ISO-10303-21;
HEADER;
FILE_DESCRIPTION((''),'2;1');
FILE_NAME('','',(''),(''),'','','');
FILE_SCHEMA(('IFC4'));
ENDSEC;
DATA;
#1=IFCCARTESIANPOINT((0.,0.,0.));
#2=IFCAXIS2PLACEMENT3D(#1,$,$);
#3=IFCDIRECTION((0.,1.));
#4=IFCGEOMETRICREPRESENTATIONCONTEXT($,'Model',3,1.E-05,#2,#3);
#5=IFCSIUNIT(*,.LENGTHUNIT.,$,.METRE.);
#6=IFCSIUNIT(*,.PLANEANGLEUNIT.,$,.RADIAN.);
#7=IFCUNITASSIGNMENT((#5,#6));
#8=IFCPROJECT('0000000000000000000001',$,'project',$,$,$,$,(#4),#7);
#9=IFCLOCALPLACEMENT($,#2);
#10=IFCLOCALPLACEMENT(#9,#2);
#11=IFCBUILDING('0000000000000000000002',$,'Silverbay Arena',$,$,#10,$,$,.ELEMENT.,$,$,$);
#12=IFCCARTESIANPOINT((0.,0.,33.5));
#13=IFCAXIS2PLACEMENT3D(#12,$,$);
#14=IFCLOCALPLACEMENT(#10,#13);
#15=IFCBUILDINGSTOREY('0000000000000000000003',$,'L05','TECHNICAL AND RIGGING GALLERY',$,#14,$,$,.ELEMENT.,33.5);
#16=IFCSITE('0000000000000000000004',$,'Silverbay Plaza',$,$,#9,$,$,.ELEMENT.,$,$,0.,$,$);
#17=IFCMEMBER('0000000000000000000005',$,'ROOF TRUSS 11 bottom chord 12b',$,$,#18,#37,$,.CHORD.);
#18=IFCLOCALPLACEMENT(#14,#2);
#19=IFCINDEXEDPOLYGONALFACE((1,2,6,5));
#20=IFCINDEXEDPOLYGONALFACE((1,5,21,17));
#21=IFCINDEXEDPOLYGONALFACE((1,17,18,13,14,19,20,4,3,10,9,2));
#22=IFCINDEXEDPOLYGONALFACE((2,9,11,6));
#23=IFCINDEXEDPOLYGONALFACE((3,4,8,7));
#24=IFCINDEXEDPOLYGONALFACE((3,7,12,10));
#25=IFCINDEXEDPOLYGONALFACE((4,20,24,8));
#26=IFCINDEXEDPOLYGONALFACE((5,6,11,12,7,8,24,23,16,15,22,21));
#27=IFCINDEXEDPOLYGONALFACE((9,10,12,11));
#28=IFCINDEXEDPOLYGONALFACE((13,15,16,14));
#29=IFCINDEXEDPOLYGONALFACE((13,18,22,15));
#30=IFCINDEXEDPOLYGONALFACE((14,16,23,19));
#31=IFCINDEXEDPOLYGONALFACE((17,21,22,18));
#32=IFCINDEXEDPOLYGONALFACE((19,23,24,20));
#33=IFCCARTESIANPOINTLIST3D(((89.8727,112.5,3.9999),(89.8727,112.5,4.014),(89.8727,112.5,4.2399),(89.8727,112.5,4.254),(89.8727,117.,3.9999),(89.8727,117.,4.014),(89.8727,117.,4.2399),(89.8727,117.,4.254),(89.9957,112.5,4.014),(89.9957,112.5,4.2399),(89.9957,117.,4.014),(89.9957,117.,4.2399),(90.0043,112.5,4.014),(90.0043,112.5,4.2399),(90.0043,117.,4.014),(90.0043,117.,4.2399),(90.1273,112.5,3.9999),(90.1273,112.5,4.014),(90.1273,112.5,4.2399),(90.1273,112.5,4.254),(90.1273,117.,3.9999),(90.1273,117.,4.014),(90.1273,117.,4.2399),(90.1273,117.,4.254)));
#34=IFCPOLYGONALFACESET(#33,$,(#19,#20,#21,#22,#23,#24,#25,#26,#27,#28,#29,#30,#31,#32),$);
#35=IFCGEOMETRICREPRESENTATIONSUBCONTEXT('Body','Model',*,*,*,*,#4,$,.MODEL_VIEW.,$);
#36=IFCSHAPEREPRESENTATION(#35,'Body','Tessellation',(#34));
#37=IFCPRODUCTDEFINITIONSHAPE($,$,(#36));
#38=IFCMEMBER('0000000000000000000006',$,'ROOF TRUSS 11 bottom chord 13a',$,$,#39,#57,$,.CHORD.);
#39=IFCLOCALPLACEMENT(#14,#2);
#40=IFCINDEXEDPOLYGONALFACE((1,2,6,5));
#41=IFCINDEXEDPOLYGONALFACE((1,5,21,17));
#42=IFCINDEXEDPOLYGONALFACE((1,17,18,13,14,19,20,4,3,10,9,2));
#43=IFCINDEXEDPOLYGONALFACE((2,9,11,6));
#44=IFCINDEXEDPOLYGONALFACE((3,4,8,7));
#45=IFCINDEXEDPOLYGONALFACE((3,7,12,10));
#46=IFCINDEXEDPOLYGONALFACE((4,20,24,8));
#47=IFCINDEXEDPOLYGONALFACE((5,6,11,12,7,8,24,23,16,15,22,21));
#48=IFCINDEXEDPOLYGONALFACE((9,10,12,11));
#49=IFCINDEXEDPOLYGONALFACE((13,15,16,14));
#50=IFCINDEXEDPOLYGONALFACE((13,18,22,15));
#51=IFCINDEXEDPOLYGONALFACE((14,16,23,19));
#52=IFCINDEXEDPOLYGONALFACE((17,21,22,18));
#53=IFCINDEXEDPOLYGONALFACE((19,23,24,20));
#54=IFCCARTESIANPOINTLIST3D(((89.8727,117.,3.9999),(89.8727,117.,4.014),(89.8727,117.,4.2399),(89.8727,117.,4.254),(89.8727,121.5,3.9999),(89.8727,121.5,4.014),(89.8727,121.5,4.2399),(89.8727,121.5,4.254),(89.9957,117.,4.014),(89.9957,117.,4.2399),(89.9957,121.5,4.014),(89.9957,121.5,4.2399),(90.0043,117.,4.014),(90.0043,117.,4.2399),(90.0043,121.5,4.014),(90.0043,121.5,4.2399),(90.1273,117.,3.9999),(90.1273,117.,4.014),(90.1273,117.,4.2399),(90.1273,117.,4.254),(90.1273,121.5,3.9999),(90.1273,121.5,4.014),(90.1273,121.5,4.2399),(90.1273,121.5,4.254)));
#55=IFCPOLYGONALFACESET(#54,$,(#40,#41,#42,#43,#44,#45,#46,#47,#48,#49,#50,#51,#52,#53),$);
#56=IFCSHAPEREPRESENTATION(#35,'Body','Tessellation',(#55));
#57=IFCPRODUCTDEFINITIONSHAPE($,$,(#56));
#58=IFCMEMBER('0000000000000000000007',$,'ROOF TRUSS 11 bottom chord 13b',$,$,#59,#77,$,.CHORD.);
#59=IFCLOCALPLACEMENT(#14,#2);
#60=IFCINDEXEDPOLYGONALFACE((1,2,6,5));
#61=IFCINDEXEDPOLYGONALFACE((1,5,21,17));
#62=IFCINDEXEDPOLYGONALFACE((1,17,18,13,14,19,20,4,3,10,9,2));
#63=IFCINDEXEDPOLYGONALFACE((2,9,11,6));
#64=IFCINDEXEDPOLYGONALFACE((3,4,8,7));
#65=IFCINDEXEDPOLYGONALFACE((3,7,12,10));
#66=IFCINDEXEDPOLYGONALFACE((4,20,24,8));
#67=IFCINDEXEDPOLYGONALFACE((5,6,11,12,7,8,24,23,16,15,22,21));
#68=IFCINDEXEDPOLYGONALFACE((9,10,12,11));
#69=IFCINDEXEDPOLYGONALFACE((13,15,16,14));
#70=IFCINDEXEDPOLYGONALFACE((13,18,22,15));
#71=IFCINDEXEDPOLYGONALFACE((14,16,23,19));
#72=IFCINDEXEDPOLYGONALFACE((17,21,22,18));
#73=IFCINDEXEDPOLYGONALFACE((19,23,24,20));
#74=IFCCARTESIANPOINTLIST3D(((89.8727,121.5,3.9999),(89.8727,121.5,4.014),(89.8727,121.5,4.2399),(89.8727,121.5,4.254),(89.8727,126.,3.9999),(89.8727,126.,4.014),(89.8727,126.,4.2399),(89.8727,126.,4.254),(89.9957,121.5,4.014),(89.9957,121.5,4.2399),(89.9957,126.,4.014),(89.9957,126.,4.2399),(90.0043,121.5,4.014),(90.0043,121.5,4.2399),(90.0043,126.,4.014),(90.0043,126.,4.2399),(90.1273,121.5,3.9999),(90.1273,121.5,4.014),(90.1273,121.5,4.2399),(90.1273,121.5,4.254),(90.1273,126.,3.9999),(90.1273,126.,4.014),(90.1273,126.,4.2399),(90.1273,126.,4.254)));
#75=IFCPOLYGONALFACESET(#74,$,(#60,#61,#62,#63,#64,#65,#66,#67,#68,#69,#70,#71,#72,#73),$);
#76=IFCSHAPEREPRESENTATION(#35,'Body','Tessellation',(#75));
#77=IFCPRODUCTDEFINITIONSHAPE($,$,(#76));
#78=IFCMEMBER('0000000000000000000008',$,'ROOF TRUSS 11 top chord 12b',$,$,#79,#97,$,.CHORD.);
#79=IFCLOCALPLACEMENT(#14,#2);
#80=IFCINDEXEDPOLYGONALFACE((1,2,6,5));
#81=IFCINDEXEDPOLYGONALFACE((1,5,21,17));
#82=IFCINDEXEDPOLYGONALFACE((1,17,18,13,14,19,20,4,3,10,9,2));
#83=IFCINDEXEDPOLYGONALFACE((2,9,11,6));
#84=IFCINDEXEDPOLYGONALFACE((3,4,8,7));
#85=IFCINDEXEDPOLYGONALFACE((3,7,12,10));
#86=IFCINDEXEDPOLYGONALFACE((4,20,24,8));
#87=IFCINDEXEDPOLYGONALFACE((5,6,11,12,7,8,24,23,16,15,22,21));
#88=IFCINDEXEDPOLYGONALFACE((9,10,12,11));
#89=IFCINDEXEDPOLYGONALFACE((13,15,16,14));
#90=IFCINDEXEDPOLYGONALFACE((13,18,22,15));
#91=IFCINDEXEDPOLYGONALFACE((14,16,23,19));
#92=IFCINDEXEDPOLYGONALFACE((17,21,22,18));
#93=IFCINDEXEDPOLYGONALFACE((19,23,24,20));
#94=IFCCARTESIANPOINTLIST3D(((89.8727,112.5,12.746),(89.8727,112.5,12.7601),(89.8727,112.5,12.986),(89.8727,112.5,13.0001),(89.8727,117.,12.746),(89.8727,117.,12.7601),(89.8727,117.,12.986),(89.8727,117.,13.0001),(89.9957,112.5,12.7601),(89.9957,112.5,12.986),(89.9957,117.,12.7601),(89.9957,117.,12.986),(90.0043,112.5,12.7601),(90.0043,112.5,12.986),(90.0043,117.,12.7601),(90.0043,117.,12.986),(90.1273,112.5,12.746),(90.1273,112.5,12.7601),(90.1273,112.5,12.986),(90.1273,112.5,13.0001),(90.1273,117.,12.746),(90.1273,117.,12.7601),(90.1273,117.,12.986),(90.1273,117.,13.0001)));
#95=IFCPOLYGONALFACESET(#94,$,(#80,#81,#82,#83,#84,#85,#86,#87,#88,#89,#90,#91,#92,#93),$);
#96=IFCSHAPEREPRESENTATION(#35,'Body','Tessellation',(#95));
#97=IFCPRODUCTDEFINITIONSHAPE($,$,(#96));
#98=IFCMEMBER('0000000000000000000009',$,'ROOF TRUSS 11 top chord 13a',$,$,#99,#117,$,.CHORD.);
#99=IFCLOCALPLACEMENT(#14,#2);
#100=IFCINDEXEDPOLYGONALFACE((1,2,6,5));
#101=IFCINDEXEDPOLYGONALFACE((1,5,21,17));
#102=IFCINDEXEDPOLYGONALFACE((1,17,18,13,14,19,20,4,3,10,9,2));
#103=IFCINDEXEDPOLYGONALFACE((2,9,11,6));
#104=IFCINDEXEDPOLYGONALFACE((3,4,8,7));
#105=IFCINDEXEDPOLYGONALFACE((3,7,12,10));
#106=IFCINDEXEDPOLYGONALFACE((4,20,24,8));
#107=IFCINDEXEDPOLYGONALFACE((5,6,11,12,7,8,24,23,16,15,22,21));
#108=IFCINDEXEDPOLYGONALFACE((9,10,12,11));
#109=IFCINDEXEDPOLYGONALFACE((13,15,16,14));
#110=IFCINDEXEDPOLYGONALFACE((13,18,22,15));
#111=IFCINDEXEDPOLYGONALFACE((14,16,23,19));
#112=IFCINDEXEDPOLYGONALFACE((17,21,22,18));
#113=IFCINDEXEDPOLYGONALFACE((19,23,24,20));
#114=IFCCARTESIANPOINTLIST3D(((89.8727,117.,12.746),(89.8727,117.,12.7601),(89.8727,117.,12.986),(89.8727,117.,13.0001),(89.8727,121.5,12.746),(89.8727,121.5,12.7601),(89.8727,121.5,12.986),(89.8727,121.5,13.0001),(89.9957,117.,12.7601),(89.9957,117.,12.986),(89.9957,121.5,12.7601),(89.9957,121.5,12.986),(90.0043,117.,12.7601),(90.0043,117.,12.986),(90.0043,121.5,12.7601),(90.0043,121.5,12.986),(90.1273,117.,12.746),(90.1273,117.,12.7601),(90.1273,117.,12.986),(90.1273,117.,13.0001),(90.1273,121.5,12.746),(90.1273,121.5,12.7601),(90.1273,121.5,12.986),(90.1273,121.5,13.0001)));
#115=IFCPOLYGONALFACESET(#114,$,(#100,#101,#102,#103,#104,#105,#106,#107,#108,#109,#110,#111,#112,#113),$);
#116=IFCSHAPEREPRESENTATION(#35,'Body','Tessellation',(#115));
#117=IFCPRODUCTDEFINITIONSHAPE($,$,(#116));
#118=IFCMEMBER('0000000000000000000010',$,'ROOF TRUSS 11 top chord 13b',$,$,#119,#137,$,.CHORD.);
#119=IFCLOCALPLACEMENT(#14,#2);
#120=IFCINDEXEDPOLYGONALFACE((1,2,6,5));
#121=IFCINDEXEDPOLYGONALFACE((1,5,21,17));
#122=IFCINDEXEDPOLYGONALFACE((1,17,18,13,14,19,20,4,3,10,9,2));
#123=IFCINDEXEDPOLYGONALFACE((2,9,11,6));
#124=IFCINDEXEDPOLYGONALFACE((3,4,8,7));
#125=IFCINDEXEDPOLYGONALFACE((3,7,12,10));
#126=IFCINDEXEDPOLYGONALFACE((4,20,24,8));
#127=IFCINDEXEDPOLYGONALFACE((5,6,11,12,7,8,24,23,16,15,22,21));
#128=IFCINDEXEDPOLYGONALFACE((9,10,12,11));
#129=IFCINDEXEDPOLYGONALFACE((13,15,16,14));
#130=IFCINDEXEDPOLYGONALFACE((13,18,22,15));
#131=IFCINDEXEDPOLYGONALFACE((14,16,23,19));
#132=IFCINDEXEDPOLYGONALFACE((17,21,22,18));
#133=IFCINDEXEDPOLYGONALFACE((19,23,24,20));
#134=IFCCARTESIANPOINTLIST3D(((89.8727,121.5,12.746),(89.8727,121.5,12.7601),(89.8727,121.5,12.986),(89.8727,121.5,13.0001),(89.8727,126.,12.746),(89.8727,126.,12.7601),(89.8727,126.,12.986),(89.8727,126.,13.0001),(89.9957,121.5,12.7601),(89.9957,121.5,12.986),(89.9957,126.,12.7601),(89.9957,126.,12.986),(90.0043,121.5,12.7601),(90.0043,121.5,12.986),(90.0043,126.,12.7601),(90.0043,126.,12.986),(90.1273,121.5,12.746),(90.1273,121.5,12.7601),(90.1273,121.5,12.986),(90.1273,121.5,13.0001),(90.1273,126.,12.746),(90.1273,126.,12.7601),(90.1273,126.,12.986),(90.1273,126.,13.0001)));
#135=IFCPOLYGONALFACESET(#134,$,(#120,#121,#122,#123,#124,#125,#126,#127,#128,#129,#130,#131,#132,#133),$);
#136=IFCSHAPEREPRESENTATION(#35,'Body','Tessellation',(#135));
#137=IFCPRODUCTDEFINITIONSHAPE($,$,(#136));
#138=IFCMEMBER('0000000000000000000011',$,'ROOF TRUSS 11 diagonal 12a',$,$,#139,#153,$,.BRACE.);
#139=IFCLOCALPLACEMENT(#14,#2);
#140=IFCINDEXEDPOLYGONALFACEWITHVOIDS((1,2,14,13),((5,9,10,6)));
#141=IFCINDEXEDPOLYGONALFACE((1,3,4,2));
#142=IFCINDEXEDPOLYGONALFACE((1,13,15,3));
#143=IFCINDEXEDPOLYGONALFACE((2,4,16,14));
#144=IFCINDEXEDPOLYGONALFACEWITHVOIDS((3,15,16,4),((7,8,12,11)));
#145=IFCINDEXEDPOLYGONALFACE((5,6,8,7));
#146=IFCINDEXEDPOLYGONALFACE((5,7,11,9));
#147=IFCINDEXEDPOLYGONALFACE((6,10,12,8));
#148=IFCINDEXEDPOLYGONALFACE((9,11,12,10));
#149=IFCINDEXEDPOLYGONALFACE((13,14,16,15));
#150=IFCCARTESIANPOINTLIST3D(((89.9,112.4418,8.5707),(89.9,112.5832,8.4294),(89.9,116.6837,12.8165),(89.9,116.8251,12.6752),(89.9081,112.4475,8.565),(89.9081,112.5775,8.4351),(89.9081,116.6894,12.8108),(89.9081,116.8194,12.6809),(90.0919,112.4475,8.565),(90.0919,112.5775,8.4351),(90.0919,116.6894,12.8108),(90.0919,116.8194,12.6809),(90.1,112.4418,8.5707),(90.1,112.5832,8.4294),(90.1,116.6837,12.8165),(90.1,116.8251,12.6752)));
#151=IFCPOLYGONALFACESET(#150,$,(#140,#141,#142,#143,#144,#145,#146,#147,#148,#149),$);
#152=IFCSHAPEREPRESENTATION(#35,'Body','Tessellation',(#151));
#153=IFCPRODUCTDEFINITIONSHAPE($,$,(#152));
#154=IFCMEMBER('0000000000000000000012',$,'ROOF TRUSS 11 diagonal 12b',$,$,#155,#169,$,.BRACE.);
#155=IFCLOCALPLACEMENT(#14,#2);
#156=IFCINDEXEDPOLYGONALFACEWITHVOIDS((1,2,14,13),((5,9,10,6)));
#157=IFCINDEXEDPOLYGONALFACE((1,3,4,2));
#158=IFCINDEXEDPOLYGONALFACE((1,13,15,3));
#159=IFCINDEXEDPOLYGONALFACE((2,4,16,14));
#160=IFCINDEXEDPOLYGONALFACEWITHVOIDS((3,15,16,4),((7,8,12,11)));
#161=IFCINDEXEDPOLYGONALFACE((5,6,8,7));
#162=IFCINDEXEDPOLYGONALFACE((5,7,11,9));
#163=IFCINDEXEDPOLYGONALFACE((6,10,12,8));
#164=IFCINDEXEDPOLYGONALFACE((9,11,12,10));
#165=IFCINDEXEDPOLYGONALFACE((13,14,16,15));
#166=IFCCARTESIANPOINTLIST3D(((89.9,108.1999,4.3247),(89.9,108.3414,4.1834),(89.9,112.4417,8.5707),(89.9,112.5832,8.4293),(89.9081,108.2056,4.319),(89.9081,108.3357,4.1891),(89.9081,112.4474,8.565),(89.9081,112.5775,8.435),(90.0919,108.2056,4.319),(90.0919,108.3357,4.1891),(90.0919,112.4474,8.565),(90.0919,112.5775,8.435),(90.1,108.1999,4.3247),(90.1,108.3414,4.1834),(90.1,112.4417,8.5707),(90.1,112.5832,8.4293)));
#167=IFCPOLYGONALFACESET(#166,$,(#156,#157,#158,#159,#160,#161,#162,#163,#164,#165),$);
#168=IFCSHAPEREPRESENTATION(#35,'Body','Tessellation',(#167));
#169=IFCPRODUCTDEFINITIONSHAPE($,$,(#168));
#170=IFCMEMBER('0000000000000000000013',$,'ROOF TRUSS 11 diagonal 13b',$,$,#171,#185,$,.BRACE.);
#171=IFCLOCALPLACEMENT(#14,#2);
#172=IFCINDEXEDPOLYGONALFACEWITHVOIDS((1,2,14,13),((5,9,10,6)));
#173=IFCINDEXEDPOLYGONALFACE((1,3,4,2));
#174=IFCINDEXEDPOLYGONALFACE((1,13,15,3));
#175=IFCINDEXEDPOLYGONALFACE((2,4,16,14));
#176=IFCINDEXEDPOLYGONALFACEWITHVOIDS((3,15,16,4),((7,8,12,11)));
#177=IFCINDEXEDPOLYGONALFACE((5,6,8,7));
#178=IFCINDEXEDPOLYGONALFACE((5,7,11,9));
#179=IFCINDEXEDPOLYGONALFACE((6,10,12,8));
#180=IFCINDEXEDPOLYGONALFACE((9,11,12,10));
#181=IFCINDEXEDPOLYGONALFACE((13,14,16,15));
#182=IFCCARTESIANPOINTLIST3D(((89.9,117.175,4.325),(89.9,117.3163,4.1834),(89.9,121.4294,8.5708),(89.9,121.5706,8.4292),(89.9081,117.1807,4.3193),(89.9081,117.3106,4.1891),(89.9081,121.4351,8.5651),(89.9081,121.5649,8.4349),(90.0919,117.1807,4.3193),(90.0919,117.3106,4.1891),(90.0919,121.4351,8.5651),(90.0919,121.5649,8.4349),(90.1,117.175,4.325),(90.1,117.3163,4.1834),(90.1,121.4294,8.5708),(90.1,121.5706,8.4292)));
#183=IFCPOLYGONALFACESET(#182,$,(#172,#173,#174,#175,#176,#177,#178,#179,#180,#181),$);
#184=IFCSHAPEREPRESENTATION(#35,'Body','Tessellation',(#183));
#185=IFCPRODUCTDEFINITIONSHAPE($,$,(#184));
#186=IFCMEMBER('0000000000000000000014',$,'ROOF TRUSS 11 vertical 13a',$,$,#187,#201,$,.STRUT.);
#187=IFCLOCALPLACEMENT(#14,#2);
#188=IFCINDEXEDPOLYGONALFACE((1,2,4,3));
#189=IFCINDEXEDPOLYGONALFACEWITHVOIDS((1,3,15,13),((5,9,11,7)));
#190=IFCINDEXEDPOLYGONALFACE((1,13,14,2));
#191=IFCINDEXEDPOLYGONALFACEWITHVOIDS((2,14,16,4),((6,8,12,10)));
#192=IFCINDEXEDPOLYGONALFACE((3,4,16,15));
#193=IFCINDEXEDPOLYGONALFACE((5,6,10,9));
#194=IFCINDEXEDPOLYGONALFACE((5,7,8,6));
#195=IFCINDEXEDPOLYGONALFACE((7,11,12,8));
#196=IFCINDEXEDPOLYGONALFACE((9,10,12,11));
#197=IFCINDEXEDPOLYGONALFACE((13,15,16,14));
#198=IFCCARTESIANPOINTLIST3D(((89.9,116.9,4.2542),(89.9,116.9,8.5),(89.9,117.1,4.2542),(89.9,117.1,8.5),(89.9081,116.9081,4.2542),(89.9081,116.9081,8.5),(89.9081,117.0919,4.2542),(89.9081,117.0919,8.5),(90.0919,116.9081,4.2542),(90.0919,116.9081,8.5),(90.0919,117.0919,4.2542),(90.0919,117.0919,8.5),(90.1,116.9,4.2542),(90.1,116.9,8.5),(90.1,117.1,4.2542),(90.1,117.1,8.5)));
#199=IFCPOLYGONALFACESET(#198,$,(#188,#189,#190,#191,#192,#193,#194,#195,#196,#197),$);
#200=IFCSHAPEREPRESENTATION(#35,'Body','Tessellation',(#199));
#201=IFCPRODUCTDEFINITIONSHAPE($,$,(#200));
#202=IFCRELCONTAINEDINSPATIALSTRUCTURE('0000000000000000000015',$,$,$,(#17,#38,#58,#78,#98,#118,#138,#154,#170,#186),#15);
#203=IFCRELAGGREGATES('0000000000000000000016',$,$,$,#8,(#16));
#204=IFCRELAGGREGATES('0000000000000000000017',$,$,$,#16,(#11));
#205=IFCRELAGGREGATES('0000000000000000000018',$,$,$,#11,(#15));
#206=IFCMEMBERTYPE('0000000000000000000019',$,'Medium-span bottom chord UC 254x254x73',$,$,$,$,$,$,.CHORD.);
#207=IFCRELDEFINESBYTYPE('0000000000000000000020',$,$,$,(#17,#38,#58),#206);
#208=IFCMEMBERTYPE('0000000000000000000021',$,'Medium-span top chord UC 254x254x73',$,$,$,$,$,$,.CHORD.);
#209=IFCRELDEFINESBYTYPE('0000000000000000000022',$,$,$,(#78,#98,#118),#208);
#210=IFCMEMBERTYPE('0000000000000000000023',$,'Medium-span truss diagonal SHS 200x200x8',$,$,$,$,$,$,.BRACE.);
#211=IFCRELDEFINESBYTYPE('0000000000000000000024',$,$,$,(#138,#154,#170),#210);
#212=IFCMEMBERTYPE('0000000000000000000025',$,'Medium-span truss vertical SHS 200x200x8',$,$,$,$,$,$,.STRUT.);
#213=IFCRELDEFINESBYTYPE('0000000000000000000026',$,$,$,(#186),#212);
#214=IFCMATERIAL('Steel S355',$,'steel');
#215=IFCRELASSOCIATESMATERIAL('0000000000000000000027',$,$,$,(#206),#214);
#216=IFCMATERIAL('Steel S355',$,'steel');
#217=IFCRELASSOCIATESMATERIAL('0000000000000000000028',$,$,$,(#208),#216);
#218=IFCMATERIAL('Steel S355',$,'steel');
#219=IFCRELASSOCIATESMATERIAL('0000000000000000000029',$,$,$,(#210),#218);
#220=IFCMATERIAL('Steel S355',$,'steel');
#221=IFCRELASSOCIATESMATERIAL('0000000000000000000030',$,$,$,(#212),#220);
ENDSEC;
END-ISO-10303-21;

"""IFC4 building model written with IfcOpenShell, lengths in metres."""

from ifc_helpers import new_model, si_unit, direction, frame, origin, origin_2d, place, context, subcontext, project, spatial, hollow_rectangle, i_section, extrude, material, material_profile, profile_set, type_object, element, save


model = new_model("IFC4")

# Units and contexts
model_context = context("Model", 3, precision=1e-05, world=origin(), true_north=direction((0.0, 1.0)))
body_context = subcontext(model_context, "Body", "Model", "MODEL_VIEW")
ifc_project = project(units=[si_unit("LENGTHUNIT", "METRE"), si_unit("PLANEANGLEUNIT", "RADIAN")], contexts=[model_context])

# Site, building, storey
site_placement = place(None, origin())
site = spatial("IfcSite", under=ifc_project, at=site_placement, Name="Silverbay Plaza", CompositionType="ELEMENT", RefElevation=0.0)
building_placement = place(site_placement, origin())
building = spatial("IfcBuilding", under=site, at=building_placement, Name="Silverbay Arena", CompositionType="ELEMENT")
storey_placement = place(building_placement, frame((0.0, 0.0, 33.5)))
storey = spatial("IfcBuildingStorey", under=building, at=storey_placement, Name="L05", Description="TECHNICAL AND RIGGING GALLERY", CompositionType="ELEMENT", Elevation=33.5)

# Members
ifc_material_1 = material(Name="Steel S355", Category="steel")
ifc_material_profile_1 = material_profile(ifc_material_1, i_section(OverallWidth=0.2546, OverallDepth=0.2542, WebThickness=0.0085, FlangeThickness=0.0142, at=origin_2d()), Name="UC 254x254x73")
ifc_profile_set_1 = profile_set([ifc_material_profile_1], Name="Steel S355")
member_type_1 = type_object("IfcMemberType", Name="Medium-span bottom chord UC 254x254x73", PredefinedType="CHORD", material=ifc_profile_set_1)
for number, where, z_axis, x_axis, name in (
    (1, (90.0, 112.5, 4.127), (0.0, 1.0, 0.0), (-1.0, 0.0, 0.0), "ROOF TRUSS 11 bottom chord 12b"),
    (2, (90.0, 117.0, 4.127), (0.0, 1.0, 0.0), (-1.0, 0.0, 0.0), "ROOF TRUSS 11 bottom chord 13a"),
    (3, (90.0, 121.5, 4.127), (0.0, 1.0, 0.0), (-1.0, 0.0, 0.0), "ROOF TRUSS 11 bottom chord 13b"),
):
    element("IfcMember", number, at=place(storey_placement, frame(where, z_axis=z_axis, x_axis=x_axis)), inside=storey, type_object=member_type_1, Name=name, PredefinedType="CHORD", context=body_context, shape_type="SweptSolid", body=[
        extrude(i_section(OverallWidth=0.2546, OverallDepth=0.2542, WebThickness=0.0085, FlangeThickness=0.0142, at=origin_2d()), origin(), (0.0, 0.0, 1.0), 4.5),
    ])
ifc_material_2 = material(Name="Steel S355", Category="steel")
ifc_material_profile_2 = material_profile(ifc_material_2, i_section(OverallWidth=0.2546, OverallDepth=0.2542, WebThickness=0.0085, FlangeThickness=0.0142, at=origin_2d()), Name="UC 254x254x73")
ifc_profile_set_2 = profile_set([ifc_material_profile_2], Name="Steel S355")
member_type_2 = type_object("IfcMemberType", Name="Medium-span top chord UC 254x254x73", PredefinedType="CHORD", material=ifc_profile_set_2)
for number, where, z_axis, x_axis, name in (
    (4, (90.0, 112.5, 12.873), (0.0, 1.0, 0.0), (-1.0, 0.0, 0.0), "ROOF TRUSS 11 top chord 12b"),
    (5, (90.0, 117.0, 12.873), (0.0, 1.0, 0.0), (-1.0, 0.0, 0.0), "ROOF TRUSS 11 top chord 13a"),
    (6, (90.0, 121.5, 12.873), (0.0, 1.0, 0.0), (-1.0, 0.0, 0.0), "ROOF TRUSS 11 top chord 13b"),
):
    element("IfcMember", number, at=place(storey_placement, frame(where, z_axis=z_axis, x_axis=x_axis)), inside=storey, type_object=member_type_2, Name=name, PredefinedType="CHORD", context=body_context, shape_type="SweptSolid", body=[
        extrude(i_section(OverallWidth=0.2546, OverallDepth=0.2542, WebThickness=0.0085, FlangeThickness=0.0142, at=origin_2d()), origin(), (0.0, 0.0, 1.0), 4.5),
    ])
ifc_material_3 = material(Name="Steel S355", Category="steel")
ifc_material_profile_3 = material_profile(ifc_material_3, hollow_rectangle(XDim=0.2, YDim=0.2, WallThickness=0.0081, at=origin_2d()), Name="SHS 200x200x8")
ifc_profile_set_3 = profile_set([ifc_material_profile_3], Name="Steel S355")
member_type_3 = type_object("IfcMemberType", Name="Medium-span truss diagonal SHS 200x200x8", PredefinedType="BRACE", material=ifc_profile_set_3)
for number, where, z_axis, x_axis, name in (
    (7, (90.0, 116.7544, 12.7458), (0.0, -0.706781, -0.707432), (1.0, 0.0, 0.0), "ROOF TRUSS 11 diagonal 12a"),
    (8, (90.0, 112.5125, 8.5), (0.0, -0.706761, -0.707452), (1.0, 0.0, 0.0), "ROOF TRUSS 11 diagonal 12b"),
):
    element("IfcMember", number, at=place(storey_placement, frame(where, z_axis=z_axis, x_axis=x_axis)), inside=storey, type_object=member_type_3, Name=name, PredefinedType="BRACE", context=body_context, shape_type="SweptSolid", body=[
        extrude(hollow_rectangle(XDim=0.2, YDim=0.2, WallThickness=0.0081, at=origin_2d()), origin(), (0.0, 0.0, 1.0), 6.0017),
    ])
member_placement = place(storey_placement, frame((90.0, 121.5, 8.5), z_axis=(0.0, -0.707817, -0.706396), x_axis=(1.0, 0.0, 0.0)))
element("IfcMember", 9, at=member_placement, inside=storey, type_object=member_type_3, Name="ROOF TRUSS 11 diagonal 13b", PredefinedType="BRACE", context=body_context, shape_type="SweptSolid", body=[
    extrude(hollow_rectangle(XDim=0.2, YDim=0.2, WallThickness=0.0081, at=origin_2d()), origin(), (0.0, 0.0, 1.0), 6.0105),
])
ifc_material_4 = material(Name="Steel S355", Category="steel")
ifc_material_profile_4 = material_profile(ifc_material_4, hollow_rectangle(XDim=0.2, YDim=0.2, WallThickness=0.0081, at=origin_2d()), Name="SHS 200x200x8")
ifc_profile_set_4 = profile_set([ifc_material_profile_4], Name="Steel S355")
member_type_4 = type_object("IfcMemberType", Name="Medium-span truss vertical SHS 200x200x8", PredefinedType="STRUT", material=ifc_profile_set_4)
for number, where, z_axis, x_axis, name in (
    (10, (90.0, 117.0, 4.2542), (0.0, 0.0, 1.0), (1.0, 0.0, 0.0), "ROOF TRUSS 11 vertical 13a"),
):
    element("IfcMember", number, at=place(storey_placement, frame(where, z_axis=z_axis, x_axis=x_axis)), inside=storey, type_object=member_type_4, Name=name, PredefinedType="STRUT", context=body_context, shape_type="SweptSolid", body=[
        extrude(hollow_rectangle(XDim=0.2, YDim=0.2, WallThickness=0.0081, at=origin_2d()), origin(), (0.0, 0.0, 1.0), 4.2458),
    ])

save(model, "model.ifc")
